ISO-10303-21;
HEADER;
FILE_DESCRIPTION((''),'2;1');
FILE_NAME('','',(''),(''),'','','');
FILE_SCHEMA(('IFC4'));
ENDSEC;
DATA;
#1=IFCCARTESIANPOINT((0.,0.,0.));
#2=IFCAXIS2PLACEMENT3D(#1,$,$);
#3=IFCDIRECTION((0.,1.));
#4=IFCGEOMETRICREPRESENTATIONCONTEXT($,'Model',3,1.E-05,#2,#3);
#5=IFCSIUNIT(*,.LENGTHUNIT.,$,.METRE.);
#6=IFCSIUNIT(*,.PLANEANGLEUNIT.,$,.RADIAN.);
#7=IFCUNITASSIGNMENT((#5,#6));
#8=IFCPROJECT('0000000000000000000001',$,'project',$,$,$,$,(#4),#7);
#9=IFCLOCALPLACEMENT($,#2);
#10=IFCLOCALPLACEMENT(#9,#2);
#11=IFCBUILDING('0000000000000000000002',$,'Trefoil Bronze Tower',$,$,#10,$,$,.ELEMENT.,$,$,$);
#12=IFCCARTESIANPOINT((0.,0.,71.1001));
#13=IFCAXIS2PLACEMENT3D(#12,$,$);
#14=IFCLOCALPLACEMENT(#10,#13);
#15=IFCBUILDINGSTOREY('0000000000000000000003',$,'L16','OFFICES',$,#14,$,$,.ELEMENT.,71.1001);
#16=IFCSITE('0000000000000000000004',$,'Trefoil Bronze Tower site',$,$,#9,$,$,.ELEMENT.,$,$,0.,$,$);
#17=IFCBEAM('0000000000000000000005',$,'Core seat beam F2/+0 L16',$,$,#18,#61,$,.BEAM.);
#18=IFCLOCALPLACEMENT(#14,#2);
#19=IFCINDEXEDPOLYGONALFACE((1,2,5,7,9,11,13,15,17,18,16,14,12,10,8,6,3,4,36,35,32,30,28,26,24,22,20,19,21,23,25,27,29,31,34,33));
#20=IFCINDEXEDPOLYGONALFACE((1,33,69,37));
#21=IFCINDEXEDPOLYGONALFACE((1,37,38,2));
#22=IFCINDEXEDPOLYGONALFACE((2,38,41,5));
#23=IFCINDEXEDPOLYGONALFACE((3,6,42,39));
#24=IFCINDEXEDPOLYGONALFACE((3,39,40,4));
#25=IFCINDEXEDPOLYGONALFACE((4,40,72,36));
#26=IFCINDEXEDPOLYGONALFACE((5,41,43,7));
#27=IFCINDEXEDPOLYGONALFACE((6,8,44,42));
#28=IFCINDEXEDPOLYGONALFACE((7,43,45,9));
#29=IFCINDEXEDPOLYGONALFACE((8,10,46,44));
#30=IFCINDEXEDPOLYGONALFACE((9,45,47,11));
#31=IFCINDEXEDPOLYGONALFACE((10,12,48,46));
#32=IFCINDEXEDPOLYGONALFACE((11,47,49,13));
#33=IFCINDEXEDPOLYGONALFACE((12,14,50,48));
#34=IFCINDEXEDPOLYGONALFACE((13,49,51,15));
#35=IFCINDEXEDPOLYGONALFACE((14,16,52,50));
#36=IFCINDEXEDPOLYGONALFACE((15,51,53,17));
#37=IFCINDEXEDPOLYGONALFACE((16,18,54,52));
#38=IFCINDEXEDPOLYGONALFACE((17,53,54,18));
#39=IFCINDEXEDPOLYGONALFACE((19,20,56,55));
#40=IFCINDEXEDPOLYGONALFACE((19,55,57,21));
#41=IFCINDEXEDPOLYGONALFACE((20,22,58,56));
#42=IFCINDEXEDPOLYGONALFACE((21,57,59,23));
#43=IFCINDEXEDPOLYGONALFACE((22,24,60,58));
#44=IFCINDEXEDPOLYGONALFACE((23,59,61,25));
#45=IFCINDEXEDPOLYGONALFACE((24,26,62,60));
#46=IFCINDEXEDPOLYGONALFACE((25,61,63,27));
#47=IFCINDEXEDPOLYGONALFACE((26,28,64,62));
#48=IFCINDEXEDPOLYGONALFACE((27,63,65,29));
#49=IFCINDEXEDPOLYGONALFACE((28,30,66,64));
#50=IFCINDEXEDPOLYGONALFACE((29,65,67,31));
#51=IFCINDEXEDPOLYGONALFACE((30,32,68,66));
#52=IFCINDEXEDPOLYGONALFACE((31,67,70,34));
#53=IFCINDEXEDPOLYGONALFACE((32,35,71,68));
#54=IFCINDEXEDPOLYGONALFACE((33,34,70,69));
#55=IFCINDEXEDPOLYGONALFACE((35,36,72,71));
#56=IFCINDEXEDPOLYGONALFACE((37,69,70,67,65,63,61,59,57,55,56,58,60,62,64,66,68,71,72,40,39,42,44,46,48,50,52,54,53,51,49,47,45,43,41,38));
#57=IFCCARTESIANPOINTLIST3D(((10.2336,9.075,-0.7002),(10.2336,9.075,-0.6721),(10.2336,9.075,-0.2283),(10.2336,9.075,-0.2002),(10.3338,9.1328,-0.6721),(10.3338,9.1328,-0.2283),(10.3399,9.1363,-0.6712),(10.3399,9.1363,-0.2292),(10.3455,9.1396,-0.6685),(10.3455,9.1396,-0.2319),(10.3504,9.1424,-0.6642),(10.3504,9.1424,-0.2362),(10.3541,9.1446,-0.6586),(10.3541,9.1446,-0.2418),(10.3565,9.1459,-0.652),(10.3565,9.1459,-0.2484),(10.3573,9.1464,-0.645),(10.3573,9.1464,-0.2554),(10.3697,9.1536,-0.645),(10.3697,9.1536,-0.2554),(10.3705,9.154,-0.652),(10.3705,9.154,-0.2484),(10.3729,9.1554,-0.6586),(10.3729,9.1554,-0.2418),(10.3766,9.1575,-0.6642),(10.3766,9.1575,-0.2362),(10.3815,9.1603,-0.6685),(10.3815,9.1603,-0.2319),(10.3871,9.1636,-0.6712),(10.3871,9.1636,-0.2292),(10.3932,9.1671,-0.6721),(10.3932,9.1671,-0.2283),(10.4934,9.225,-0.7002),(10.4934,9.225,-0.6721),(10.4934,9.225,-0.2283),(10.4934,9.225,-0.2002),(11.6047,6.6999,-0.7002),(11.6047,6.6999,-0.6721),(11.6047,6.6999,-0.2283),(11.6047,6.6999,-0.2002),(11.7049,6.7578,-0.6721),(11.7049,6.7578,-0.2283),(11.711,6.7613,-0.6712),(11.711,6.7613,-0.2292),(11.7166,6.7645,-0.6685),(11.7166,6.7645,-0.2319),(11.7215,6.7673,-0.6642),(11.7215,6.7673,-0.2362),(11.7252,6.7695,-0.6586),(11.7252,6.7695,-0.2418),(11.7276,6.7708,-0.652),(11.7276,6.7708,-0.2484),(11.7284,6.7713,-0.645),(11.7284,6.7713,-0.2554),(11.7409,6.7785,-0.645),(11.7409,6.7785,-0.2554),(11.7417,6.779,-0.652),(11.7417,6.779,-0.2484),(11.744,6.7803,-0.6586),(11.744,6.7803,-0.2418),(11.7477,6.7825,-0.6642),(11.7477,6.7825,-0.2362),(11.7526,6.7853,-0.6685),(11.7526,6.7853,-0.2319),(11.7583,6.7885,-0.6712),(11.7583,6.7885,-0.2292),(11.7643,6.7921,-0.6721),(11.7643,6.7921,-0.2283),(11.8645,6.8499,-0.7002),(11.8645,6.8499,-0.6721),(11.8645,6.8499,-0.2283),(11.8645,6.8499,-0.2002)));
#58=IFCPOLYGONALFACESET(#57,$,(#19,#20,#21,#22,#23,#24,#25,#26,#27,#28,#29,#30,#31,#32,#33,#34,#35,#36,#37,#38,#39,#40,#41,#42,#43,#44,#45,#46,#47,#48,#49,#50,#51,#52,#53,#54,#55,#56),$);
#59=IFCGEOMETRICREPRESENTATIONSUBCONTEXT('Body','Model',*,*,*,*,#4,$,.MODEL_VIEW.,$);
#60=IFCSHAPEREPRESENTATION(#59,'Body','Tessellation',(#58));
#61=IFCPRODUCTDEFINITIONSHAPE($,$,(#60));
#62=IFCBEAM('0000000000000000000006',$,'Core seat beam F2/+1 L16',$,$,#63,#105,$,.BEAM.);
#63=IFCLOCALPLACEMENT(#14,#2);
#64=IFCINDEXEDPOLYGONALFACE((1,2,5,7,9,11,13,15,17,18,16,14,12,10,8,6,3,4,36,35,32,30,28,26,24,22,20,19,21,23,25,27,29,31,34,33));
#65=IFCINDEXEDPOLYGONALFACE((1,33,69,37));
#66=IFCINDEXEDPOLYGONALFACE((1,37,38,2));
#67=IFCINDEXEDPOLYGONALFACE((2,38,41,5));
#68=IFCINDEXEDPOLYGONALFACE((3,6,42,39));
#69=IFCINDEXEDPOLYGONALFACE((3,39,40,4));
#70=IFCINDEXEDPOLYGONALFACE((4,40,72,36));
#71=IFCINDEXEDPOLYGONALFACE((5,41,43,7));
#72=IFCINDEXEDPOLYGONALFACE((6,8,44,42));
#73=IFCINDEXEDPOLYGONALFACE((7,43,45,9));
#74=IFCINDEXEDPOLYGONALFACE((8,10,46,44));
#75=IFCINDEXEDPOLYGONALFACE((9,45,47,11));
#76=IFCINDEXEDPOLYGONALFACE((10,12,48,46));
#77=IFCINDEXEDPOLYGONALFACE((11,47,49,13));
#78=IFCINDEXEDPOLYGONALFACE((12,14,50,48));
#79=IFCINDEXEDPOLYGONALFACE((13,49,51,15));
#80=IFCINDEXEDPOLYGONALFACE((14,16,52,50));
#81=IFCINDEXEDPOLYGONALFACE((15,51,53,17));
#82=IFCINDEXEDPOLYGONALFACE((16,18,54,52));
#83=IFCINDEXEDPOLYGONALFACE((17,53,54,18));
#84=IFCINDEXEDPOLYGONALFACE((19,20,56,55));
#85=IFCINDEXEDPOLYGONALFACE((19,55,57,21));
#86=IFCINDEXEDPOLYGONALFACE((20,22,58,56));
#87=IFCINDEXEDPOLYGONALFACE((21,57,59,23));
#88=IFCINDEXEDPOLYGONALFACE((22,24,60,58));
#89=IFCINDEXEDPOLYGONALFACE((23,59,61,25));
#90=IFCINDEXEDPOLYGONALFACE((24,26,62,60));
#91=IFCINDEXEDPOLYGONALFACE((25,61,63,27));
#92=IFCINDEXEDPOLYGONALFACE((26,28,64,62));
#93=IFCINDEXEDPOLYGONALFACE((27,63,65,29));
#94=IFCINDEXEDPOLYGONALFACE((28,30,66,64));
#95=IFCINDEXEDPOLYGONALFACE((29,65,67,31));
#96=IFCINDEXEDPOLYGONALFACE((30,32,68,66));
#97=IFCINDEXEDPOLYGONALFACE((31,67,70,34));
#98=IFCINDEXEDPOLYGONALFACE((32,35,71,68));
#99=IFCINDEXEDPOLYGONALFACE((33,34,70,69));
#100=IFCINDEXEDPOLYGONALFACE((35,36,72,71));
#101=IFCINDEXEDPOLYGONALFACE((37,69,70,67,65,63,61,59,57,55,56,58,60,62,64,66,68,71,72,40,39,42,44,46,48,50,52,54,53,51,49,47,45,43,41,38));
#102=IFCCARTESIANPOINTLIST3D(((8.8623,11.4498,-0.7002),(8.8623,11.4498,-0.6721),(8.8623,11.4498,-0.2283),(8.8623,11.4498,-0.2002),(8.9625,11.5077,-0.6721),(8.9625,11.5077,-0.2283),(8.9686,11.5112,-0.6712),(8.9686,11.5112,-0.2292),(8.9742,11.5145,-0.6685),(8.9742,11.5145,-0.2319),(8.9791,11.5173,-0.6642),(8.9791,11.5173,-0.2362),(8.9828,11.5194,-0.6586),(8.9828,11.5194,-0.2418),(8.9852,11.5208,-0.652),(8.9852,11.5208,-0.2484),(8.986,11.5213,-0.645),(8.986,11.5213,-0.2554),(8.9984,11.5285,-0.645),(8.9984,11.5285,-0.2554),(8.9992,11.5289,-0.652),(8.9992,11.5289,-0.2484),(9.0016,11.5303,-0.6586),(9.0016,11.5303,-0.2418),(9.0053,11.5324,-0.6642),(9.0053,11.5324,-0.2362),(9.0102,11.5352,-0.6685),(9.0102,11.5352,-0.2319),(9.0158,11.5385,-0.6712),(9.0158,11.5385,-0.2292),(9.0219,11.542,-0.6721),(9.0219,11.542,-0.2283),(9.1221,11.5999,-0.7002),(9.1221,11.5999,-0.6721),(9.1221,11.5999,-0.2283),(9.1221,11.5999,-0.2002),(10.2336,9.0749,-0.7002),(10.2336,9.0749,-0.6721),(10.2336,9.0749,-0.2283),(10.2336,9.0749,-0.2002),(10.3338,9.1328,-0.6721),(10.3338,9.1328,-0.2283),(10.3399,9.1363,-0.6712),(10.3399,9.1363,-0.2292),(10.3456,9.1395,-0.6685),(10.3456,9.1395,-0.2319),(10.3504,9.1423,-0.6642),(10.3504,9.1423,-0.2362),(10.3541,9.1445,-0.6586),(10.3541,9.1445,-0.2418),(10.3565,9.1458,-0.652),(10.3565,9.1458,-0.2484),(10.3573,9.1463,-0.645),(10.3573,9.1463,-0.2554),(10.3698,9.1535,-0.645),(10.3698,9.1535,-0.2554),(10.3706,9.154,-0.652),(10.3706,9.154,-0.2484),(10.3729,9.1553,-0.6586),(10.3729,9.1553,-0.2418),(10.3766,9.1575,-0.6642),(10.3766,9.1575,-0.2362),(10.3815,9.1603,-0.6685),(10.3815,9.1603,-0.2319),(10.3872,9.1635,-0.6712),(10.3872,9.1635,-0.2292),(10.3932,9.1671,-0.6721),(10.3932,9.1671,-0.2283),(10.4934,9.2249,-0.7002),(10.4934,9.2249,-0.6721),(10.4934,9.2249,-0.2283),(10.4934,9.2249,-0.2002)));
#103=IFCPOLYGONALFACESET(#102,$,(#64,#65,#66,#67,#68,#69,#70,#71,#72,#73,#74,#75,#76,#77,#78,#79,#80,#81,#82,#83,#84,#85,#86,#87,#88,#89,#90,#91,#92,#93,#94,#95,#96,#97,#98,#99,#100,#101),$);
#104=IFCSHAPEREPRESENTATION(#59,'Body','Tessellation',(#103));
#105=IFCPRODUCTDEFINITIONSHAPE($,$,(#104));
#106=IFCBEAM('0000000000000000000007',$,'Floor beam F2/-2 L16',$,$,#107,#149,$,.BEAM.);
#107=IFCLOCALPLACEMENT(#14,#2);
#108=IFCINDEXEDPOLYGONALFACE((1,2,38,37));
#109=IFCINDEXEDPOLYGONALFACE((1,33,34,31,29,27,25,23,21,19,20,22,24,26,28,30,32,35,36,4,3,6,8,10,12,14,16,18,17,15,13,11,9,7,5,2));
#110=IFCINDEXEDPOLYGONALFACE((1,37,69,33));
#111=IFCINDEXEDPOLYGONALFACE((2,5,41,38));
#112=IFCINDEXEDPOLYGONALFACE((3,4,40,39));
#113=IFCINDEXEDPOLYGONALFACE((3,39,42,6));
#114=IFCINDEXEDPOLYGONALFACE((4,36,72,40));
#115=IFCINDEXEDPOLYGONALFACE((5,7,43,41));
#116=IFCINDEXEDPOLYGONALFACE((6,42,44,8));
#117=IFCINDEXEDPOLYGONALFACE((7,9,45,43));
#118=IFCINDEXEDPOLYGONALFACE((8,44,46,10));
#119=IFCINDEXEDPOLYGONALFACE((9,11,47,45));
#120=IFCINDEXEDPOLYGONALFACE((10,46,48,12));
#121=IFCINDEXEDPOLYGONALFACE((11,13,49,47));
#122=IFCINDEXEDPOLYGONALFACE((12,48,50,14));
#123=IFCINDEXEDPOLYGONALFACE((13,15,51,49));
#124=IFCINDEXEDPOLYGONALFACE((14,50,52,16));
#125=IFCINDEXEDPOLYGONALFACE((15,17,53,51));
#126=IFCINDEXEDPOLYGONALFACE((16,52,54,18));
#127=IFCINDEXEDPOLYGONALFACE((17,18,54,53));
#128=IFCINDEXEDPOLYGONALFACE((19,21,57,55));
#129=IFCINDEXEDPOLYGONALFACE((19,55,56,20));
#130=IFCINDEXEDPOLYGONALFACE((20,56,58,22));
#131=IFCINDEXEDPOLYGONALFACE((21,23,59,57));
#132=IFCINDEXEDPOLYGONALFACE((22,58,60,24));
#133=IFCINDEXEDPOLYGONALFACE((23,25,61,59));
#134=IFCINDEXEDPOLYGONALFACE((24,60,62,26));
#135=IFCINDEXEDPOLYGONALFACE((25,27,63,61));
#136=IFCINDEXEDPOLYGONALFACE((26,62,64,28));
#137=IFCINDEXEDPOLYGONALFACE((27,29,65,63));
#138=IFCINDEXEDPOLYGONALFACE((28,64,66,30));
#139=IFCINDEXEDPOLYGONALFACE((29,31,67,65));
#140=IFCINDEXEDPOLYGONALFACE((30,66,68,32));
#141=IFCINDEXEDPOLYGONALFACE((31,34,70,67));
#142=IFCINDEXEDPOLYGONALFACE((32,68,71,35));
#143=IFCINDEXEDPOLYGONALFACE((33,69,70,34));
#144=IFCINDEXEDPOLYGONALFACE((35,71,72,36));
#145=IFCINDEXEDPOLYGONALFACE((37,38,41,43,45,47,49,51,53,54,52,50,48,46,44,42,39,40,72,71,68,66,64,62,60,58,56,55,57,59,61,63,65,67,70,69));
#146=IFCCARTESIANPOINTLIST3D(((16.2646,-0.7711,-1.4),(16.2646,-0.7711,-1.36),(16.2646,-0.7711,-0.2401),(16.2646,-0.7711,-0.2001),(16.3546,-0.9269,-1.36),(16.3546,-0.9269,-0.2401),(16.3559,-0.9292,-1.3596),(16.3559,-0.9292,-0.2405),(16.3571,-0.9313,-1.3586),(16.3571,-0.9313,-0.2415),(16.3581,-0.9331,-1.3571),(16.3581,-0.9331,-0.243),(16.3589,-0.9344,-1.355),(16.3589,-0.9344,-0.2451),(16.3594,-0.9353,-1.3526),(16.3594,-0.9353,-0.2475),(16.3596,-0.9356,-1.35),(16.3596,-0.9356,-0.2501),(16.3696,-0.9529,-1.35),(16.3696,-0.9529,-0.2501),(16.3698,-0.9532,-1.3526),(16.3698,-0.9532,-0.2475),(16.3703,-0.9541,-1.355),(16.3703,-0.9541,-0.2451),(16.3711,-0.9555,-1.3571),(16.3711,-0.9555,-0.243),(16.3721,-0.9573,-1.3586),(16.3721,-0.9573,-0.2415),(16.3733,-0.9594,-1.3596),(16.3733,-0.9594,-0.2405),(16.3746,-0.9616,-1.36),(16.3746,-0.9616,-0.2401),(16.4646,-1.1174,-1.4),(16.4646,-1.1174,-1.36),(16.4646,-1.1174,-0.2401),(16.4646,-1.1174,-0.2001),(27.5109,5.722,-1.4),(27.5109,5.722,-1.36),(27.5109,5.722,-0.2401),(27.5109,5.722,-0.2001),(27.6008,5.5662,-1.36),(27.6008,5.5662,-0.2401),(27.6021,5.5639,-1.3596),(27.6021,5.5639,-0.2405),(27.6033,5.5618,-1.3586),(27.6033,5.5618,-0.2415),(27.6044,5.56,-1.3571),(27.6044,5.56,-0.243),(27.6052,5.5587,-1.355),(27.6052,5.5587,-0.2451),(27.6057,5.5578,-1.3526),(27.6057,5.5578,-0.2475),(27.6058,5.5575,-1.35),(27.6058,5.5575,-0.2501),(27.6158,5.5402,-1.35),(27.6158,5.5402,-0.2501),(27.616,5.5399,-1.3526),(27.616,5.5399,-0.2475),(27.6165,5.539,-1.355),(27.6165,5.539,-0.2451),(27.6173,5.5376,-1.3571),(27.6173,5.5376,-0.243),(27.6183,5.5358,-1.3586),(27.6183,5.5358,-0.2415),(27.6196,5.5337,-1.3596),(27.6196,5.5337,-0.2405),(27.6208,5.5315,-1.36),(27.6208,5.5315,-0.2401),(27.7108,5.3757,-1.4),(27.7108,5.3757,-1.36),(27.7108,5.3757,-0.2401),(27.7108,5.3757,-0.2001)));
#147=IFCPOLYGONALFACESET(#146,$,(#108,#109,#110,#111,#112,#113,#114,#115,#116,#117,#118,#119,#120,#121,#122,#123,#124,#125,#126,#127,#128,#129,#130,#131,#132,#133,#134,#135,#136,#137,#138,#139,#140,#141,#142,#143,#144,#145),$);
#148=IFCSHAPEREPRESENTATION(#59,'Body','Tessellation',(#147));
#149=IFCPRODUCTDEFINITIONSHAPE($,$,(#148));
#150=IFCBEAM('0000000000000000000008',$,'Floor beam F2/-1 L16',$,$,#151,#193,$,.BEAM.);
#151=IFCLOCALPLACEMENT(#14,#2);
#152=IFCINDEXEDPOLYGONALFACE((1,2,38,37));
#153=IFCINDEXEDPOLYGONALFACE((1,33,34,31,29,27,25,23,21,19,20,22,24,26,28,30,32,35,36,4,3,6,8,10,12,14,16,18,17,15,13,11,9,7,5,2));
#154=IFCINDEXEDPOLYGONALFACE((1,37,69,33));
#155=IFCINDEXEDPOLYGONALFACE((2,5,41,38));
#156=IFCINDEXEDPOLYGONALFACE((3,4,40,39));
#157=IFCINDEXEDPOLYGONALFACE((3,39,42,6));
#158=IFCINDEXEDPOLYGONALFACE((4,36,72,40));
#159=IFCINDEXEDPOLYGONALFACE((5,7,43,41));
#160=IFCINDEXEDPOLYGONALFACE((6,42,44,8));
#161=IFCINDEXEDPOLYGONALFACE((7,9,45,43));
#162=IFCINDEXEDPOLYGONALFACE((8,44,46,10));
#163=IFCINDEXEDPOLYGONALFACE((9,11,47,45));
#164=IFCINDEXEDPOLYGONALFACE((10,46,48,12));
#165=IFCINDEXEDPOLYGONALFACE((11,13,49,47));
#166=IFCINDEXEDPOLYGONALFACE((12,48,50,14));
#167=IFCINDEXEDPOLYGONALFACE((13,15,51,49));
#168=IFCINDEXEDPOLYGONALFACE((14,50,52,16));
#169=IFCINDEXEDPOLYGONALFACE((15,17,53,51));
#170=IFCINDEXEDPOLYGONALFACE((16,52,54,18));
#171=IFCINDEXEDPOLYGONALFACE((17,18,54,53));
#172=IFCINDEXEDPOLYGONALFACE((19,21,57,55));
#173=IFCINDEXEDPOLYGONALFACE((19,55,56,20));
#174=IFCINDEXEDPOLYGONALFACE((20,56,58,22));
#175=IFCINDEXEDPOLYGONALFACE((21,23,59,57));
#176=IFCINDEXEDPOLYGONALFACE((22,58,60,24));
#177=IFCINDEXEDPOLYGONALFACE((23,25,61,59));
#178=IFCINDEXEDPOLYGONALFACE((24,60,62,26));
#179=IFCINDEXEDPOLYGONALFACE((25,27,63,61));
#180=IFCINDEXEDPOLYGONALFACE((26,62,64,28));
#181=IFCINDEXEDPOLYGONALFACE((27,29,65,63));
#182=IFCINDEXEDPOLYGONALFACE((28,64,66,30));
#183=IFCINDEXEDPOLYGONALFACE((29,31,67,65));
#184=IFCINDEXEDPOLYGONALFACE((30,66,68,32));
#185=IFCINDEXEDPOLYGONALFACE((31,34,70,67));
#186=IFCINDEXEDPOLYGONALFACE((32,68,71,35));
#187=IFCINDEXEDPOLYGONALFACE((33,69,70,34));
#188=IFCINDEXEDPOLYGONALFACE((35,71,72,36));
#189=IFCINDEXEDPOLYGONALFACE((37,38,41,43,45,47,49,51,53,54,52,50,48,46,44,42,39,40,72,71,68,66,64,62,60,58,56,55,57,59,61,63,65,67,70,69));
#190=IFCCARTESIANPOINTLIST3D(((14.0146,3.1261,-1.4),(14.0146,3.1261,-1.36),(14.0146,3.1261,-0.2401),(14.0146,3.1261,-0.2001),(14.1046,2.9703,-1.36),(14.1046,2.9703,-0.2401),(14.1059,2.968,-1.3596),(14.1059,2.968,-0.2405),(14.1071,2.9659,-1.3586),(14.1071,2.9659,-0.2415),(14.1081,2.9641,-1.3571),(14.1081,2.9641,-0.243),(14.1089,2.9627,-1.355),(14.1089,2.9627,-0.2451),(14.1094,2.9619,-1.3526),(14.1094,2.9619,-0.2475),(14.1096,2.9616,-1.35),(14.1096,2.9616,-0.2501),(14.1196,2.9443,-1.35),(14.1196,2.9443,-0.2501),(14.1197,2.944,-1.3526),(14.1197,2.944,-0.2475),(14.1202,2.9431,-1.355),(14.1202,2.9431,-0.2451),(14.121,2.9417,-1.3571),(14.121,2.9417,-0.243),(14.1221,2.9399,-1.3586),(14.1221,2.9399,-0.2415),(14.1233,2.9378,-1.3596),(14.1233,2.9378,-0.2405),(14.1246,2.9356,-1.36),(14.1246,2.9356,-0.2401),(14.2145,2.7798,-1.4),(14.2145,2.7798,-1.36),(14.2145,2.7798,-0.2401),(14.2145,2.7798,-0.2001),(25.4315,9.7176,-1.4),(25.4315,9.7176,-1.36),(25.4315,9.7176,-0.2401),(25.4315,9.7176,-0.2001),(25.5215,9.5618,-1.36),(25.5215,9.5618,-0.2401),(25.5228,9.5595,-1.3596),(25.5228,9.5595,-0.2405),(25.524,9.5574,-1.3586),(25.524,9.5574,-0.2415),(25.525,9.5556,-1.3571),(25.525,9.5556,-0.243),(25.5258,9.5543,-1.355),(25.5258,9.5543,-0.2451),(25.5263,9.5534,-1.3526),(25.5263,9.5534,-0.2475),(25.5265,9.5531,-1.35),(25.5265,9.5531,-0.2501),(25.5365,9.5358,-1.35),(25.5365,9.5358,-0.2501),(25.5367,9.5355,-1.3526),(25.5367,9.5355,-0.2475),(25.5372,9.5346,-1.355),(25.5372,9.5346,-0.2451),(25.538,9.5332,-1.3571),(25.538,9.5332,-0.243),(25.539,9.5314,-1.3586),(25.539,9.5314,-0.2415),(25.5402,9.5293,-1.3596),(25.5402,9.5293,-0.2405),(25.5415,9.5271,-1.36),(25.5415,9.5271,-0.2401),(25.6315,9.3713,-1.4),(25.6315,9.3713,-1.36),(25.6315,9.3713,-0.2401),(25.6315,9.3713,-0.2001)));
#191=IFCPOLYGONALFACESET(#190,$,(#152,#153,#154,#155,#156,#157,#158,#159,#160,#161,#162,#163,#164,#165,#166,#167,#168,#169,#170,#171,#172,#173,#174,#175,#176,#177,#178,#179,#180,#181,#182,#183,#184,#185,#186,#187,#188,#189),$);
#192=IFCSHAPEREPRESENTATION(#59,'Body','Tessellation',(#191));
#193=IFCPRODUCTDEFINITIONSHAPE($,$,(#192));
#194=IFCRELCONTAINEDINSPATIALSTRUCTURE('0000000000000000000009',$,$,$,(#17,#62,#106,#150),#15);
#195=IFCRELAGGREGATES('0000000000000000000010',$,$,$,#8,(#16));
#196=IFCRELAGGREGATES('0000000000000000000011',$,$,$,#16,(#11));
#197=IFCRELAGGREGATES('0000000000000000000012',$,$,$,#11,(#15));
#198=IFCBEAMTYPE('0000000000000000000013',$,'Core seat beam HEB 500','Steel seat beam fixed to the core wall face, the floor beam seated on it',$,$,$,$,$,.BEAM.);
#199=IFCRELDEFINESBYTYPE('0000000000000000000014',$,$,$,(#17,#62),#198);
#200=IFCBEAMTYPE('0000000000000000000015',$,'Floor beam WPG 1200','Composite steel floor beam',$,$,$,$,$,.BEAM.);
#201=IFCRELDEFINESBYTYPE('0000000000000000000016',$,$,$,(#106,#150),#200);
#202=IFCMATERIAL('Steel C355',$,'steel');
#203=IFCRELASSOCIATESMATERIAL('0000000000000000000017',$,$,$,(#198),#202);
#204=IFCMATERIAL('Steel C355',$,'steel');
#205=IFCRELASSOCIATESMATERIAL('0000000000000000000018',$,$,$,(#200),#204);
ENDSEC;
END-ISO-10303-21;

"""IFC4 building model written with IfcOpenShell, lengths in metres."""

from ifc_helpers import new_model, si_unit, direction, frame, origin, origin_2d, place, context, subcontext, project, spatial, i_section, extrude, material, material_profile, profile_set, type_object, element, save


model = new_model("IFC4")

# Units and contexts
model_context = context("Model", 3, precision=1e-05, world=origin(), true_north=direction((0.0, 1.0)))
body_context = subcontext(model_context, "Body", "Model", "MODEL_VIEW")
ifc_project = project(units=[si_unit("LENGTHUNIT", "METRE"), si_unit("PLANEANGLEUNIT", "RADIAN")], contexts=[model_context])

# Site, building, storey
site_placement = place(None, origin())
site = spatial("IfcSite", under=ifc_project, at=site_placement, Name="Trefoil Bronze Tower site", CompositionType="ELEMENT", RefElevation=0.0)
building_placement = place(site_placement, origin())
building = spatial("IfcBuilding", under=site, at=building_placement, Name="Trefoil Bronze Tower", CompositionType="ELEMENT")
storey_placement = place(building_placement, frame((0.0, 0.0, 71.1001)))
storey = spatial("IfcBuildingStorey", under=building, at=storey_placement, Name="L16", Description="OFFICES", CompositionType="ELEMENT", Elevation=71.1001)

# Beams
ifc_material_1 = material(Name="Steel C355", Category="steel")
ifc_material_profile_1 = material_profile(ifc_material_1, i_section(OverallWidth=0.3, OverallDepth=0.5, WebThickness=0.0144, FlangeThickness=0.0281, FilletRadius=0.0271, at=origin_2d()), Name="HEB 500")
ifc_profile_set_1 = profile_set([ifc_material_profile_1], Name="Steel C355")
beam_type_1 = type_object("IfcBeamType", Name="Core seat beam HEB 500", Description="Steel seat beam fixed to the core wall face, the floor beam seated on it", PredefinedType="BEAM", material=ifc_profile_set_1)
for number, where, z_axis, x_axis, name in (
    (1, (11.7346, 6.7749, -0.4502), (-0.499969, 0.866043, 0.0), (-0.866043, -0.499969, 0.0), "Core seat beam F2/+0 L16"),
    (2, (10.3635, 9.1499, -0.4502), (-0.500036, 0.866005, 0.0), (-0.866005, -0.500036, 0.0), "Core seat beam F2/+1 L16"),
):
    element("IfcBeam", number, at=place(storey_placement, frame(where, z_axis=z_axis, x_axis=x_axis)), inside=storey, type_object=beam_type_1, Name=name, PredefinedType="BEAM", context=body_context, shape_type="SweptSolid", body=[
        extrude(i_section(OverallWidth=0.3, OverallDepth=0.5, WebThickness=0.0144, FlangeThickness=0.0281, FilletRadius=0.0271, at=origin_2d()), origin(), (0.0, 0.0, 1.0), 2.7424),
    ])
ifc_material_2 = material(Name="Steel C355", Category="steel")
ifc_material_profile_2 = material_profile(ifc_material_2, i_section(OverallWidth=0.3999, OverallDepth=1.2, WebThickness=0.02, FlangeThickness=0.04, FilletRadius=0.01, at=origin_2d()), Name="WPG 1200")
ifc_profile_set_2 = profile_set([ifc_material_profile_2], Name="Steel C355")
beam_type_2 = type_object("IfcBeamType", Name="Floor beam WPG 1200", Description="Composite steel floor beam", PredefinedType="BEAM", material=ifc_profile_set_2)
beam_1_placement = place(storey_placement, frame((27.6108, 5.5488, -0.8), z_axis=(-0.866022, -0.500005, 0.0), x_axis=(0.500005, -0.866022, 0.0)))
element("IfcBeam", 3, at=beam_1_placement, inside=storey, type_object=beam_type_2, Name="Floor beam F2/-2 L16", PredefinedType="BEAM", context=body_context, shape_type="SweptSolid", body=[
    extrude(i_section(OverallWidth=0.3999, OverallDepth=1.2, WebThickness=0.02, FlangeThickness=0.04, FilletRadius=0.01, at=origin_2d()), origin(), (0.0, 0.0, 1.0), 12.9861),
])
beam_2_placement = place(storey_placement, frame((25.5315, 9.5444, -0.8), z_axis=(-0.866027, -0.499997, 0.0), x_axis=(0.499997, -0.866027, 0.0)))
element("IfcBeam", 4, at=beam_2_placement, inside=storey, type_object=beam_type_2, Name="Floor beam F2/-1 L16", PredefinedType="BEAM", context=body_context, shape_type="SweptSolid", body=[
    extrude(i_section(OverallWidth=0.3999, OverallDepth=1.2, WebThickness=0.02, FlangeThickness=0.04, FilletRadius=0.01, at=origin_2d()), origin(), (0.0, 0.0, 1.0), 13.1831),
])

save(model, "model.ifc")
